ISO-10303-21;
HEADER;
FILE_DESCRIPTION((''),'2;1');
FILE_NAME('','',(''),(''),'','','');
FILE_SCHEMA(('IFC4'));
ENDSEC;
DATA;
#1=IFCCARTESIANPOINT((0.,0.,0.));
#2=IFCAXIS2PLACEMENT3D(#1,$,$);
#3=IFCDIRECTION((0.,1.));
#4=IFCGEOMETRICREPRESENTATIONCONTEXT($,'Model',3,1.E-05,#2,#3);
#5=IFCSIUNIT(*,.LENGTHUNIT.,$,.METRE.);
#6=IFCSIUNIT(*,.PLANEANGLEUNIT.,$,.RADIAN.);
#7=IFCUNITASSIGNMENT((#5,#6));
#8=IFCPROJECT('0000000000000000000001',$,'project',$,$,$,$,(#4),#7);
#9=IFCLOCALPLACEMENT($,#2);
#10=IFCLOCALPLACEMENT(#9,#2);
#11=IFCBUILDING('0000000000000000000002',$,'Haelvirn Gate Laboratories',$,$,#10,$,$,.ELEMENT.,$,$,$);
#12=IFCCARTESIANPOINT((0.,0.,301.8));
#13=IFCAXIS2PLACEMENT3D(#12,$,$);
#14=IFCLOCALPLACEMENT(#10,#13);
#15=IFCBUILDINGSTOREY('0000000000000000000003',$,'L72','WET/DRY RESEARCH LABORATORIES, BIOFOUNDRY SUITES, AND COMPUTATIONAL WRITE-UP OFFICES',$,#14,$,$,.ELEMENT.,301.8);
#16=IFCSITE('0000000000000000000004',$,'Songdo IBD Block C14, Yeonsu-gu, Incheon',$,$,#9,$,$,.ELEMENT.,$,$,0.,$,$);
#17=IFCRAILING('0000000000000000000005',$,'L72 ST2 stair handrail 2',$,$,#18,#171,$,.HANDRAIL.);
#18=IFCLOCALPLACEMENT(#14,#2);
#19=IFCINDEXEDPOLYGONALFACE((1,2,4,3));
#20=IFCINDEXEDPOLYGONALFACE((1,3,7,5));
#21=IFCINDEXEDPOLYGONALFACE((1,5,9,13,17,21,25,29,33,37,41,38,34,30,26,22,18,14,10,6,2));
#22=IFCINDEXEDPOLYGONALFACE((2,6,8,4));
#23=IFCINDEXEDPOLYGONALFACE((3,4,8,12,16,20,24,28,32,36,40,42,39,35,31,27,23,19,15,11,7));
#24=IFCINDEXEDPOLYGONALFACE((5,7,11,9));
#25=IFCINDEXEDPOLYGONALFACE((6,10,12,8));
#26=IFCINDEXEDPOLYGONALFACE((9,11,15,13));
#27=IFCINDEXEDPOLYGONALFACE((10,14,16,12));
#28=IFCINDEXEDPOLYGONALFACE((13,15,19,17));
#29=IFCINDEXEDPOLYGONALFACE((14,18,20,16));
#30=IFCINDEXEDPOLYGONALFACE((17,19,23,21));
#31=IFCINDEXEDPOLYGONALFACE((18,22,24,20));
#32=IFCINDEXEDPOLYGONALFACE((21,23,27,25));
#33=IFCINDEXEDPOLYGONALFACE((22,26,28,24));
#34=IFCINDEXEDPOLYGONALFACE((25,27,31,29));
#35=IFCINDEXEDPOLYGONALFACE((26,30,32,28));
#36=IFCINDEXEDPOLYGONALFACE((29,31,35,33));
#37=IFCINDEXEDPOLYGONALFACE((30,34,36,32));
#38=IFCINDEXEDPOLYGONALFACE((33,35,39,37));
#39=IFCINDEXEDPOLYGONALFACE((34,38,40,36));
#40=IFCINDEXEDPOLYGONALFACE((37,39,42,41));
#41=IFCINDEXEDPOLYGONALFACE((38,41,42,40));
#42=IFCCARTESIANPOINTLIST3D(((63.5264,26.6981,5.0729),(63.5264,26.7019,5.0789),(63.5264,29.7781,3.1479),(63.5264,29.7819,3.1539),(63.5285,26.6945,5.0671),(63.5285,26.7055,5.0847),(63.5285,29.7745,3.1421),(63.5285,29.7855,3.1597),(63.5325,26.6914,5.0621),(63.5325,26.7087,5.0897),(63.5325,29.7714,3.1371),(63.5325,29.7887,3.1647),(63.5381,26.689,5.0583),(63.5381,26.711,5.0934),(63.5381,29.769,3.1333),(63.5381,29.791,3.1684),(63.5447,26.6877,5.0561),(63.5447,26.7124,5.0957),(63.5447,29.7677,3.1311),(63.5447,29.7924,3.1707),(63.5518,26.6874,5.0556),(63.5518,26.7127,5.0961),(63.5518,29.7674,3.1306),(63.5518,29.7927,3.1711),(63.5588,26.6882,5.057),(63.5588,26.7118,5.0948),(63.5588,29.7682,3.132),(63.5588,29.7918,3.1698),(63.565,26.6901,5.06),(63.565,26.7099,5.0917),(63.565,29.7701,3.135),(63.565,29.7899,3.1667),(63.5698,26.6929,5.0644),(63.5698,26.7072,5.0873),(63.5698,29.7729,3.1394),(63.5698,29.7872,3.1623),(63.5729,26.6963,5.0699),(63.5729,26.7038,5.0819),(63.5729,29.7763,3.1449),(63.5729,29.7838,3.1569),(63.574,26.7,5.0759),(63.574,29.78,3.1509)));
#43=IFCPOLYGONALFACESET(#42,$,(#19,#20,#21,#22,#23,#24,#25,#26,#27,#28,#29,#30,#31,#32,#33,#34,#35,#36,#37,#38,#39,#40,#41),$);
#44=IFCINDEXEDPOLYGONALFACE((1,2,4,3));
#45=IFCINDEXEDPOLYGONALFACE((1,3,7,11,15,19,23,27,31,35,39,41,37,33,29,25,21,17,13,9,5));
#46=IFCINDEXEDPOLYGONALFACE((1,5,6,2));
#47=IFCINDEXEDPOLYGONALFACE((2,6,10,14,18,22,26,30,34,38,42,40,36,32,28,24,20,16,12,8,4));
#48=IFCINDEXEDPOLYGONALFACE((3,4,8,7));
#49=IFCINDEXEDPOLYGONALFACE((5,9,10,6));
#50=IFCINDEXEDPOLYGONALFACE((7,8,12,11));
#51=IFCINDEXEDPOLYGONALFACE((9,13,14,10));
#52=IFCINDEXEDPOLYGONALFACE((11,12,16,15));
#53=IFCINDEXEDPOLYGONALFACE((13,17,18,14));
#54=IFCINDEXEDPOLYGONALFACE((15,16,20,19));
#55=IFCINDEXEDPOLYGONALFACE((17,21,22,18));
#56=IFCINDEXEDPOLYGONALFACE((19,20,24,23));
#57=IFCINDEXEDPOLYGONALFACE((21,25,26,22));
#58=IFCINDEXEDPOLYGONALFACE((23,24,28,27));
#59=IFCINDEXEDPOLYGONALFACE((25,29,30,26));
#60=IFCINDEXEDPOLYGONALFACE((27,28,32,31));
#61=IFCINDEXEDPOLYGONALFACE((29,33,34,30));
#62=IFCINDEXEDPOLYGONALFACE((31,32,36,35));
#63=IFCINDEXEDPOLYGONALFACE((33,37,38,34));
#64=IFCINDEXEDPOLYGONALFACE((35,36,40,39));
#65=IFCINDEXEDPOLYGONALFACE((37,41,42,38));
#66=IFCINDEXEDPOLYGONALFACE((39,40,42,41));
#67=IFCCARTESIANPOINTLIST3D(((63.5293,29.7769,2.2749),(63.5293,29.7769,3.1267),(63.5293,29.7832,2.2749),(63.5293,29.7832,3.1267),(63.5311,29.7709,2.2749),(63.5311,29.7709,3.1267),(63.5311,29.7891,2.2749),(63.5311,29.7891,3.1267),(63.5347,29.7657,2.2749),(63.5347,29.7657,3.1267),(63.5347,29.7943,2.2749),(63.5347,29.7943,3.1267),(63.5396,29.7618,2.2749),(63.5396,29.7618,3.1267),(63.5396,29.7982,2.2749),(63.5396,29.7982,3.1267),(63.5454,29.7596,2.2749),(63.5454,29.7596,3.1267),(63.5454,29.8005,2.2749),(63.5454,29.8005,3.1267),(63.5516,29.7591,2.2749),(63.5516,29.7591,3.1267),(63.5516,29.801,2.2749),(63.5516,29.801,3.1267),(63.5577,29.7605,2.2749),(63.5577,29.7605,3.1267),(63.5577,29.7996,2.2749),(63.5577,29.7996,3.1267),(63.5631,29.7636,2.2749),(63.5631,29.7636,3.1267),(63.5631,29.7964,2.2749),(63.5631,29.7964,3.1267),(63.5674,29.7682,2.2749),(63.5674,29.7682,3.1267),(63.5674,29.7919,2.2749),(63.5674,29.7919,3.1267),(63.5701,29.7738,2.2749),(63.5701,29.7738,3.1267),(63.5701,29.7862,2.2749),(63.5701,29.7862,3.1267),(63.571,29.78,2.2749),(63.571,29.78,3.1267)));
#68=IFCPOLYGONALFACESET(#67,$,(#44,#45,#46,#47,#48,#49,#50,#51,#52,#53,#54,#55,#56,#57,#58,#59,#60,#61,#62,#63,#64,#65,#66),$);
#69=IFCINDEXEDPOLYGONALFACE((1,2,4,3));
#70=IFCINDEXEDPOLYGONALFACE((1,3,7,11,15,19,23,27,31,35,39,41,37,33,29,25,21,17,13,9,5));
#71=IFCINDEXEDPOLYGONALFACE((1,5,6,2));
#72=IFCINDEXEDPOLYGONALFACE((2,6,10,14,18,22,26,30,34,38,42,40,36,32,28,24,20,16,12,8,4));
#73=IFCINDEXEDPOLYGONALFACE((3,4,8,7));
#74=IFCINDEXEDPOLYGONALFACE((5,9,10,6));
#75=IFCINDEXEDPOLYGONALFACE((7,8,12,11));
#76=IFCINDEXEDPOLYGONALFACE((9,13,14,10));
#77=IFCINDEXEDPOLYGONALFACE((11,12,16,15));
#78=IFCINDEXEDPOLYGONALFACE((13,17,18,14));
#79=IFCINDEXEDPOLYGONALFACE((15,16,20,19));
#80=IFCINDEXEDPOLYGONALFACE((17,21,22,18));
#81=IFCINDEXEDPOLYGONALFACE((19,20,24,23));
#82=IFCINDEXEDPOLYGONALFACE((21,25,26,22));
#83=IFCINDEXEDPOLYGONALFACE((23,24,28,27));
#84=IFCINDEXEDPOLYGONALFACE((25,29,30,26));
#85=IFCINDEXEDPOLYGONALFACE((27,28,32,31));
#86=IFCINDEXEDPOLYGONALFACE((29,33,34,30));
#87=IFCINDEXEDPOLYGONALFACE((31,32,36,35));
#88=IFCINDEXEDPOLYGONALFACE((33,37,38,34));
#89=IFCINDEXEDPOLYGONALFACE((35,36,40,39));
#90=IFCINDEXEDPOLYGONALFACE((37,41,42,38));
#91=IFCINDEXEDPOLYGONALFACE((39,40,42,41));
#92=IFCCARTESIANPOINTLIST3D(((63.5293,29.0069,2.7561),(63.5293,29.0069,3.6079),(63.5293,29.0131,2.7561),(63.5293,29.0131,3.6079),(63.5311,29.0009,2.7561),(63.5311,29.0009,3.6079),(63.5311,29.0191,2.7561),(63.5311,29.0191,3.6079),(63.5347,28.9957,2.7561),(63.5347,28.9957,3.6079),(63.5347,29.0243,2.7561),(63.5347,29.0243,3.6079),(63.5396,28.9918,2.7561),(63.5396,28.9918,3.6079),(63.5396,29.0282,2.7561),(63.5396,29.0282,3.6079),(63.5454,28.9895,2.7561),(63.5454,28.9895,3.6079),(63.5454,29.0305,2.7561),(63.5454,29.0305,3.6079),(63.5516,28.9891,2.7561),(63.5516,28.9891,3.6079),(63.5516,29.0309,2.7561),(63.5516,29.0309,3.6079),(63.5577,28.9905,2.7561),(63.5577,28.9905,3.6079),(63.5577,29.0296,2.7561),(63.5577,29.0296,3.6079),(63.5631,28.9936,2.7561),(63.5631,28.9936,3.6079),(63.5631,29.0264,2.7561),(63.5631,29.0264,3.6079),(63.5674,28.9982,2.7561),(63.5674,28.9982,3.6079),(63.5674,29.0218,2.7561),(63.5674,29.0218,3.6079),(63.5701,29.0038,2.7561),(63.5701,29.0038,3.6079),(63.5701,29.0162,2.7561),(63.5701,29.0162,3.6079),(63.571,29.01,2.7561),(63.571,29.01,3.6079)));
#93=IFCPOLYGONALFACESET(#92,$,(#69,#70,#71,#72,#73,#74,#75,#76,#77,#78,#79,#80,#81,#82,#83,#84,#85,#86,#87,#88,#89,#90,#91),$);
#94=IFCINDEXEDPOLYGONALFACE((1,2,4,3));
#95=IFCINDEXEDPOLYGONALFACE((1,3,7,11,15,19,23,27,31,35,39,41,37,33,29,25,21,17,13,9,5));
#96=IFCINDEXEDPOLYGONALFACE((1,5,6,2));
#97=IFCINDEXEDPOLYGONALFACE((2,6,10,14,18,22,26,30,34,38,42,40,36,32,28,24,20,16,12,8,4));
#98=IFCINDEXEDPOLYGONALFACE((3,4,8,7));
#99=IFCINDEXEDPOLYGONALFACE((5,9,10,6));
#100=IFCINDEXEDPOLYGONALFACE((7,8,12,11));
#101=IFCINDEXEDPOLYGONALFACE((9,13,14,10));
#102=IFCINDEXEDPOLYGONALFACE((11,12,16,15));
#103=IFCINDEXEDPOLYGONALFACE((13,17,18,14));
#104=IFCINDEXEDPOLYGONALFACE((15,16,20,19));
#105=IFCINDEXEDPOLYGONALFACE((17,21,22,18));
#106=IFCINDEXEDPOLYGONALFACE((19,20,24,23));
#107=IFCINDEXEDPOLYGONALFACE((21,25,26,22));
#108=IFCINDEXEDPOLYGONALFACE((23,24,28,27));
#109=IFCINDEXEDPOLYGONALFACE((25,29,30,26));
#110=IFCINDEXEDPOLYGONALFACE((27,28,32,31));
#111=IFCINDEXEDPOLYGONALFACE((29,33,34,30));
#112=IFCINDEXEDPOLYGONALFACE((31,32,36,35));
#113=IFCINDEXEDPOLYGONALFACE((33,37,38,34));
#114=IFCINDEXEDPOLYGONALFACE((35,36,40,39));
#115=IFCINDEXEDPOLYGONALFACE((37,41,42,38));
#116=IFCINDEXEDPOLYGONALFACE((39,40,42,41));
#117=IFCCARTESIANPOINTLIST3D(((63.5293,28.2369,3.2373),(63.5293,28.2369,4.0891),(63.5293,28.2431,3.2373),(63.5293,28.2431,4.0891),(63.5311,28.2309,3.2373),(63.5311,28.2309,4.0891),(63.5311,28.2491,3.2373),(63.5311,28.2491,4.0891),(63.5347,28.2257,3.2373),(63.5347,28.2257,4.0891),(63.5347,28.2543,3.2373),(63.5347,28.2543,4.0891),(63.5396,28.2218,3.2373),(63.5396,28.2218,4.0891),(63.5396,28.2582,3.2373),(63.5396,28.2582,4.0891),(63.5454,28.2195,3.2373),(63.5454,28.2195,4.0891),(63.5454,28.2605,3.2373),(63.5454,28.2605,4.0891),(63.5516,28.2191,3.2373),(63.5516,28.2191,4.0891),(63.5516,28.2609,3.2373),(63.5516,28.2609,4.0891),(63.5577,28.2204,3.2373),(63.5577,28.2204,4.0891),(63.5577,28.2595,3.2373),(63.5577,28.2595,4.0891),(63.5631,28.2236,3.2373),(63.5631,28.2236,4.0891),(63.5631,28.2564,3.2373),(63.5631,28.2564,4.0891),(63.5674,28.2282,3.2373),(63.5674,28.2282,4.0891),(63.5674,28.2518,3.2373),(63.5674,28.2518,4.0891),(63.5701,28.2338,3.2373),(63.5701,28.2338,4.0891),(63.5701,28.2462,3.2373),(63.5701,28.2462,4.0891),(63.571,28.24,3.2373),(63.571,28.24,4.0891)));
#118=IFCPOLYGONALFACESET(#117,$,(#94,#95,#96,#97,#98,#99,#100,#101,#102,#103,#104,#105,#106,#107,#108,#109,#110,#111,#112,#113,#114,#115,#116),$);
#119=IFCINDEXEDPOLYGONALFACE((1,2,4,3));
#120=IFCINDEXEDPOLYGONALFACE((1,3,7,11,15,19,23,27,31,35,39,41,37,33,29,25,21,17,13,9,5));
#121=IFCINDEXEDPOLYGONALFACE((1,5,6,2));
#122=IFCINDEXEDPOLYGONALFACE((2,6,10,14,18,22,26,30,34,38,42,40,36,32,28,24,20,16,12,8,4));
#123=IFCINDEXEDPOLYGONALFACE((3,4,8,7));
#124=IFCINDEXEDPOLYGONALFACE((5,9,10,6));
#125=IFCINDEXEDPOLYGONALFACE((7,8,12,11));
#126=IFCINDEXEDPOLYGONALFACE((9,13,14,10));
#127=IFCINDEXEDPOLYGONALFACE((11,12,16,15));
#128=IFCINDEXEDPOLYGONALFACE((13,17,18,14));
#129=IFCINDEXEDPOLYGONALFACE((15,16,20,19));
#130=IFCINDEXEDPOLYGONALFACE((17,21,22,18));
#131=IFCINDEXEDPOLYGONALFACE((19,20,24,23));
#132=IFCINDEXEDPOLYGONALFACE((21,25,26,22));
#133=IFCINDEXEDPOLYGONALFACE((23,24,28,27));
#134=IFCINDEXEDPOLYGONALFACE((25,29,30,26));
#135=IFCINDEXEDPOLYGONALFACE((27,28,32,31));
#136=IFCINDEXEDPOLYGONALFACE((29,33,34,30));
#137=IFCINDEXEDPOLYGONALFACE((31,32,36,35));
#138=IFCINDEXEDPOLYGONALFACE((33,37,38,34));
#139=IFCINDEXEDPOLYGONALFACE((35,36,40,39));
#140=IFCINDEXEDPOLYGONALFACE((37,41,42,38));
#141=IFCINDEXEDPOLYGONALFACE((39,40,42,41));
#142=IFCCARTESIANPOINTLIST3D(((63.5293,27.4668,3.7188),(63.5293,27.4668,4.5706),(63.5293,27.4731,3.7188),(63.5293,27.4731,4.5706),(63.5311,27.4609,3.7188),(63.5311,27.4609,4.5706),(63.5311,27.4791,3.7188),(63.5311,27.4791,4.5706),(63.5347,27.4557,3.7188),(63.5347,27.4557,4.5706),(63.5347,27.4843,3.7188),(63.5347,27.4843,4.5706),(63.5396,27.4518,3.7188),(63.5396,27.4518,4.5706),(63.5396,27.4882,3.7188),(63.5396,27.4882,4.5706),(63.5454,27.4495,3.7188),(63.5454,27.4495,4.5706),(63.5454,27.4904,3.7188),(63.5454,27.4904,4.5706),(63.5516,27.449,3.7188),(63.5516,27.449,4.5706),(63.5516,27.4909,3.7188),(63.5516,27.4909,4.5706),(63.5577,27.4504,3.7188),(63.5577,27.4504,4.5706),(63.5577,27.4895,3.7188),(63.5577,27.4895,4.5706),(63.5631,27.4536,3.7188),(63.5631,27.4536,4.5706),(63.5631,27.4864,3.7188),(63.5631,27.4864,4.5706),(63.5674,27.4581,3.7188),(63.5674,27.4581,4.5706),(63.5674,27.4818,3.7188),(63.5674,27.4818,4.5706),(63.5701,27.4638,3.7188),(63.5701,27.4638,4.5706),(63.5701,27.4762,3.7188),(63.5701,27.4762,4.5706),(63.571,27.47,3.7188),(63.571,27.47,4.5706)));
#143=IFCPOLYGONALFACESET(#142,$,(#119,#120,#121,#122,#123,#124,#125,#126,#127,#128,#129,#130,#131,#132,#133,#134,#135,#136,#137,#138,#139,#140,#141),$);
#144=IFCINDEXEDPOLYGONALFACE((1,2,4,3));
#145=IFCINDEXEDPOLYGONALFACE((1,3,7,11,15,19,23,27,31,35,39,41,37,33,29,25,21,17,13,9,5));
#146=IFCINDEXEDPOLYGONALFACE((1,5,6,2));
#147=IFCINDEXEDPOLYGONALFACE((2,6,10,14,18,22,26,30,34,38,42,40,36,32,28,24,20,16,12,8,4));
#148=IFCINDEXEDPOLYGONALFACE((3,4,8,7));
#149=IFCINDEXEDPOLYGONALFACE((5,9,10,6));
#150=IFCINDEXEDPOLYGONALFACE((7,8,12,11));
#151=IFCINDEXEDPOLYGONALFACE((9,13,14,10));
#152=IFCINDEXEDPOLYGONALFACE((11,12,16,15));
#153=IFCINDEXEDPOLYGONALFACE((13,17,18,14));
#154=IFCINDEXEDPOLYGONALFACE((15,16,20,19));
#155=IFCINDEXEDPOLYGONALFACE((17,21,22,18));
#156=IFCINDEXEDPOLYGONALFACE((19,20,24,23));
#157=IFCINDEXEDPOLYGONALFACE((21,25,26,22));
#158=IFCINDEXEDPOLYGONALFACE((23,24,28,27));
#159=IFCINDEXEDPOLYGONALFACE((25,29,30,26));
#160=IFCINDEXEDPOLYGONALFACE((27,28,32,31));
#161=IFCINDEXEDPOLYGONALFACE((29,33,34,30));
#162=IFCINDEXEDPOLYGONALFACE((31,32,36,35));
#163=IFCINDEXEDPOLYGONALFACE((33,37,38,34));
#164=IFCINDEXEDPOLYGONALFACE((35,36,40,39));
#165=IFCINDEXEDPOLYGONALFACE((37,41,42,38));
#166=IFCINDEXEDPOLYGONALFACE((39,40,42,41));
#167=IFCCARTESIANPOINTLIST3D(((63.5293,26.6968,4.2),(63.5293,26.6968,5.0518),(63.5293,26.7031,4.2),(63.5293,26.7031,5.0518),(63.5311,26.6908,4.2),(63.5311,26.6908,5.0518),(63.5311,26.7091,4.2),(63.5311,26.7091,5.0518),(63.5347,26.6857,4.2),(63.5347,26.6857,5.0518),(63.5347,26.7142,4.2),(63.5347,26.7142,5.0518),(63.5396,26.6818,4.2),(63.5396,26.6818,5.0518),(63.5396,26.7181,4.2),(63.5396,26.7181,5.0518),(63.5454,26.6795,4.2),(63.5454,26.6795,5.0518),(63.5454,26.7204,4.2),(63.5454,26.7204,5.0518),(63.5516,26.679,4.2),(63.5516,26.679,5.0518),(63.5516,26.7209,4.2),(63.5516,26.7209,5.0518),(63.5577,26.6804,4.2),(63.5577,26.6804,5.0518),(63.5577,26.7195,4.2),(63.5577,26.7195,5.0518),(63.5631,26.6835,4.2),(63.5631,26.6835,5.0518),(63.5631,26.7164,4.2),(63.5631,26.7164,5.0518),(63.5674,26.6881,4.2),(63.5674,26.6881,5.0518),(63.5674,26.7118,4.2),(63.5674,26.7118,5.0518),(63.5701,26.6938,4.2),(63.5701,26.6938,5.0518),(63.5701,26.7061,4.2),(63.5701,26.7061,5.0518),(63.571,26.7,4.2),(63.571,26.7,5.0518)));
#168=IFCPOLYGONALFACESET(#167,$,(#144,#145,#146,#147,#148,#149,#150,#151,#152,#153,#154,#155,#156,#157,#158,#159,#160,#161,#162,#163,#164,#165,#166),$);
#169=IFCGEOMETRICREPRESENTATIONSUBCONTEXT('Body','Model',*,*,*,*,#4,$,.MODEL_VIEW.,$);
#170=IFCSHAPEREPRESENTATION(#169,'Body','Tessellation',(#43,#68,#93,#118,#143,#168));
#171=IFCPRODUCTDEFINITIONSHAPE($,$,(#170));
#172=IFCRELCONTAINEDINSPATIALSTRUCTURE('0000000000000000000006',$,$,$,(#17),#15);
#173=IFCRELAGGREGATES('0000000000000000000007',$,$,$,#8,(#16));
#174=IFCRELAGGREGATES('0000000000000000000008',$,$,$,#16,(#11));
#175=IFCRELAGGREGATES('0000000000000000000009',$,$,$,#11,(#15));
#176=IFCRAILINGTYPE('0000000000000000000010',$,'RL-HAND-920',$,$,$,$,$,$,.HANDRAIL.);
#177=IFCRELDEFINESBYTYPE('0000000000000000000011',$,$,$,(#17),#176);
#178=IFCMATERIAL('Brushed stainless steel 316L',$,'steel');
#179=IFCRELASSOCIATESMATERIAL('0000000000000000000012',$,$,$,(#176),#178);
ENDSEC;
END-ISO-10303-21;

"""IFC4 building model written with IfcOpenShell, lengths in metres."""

from ifc_helpers import new_model, si_unit, direction, frame, origin, origin_2d, place, context, subcontext, project, spatial, circle, extrude, source, transform, mapped, material, type_object, element, save


model = new_model("IFC4")

# Units and contexts
model_context = context("Model", 3, precision=1e-05, world=origin(), true_north=direction((0.0, 1.0)))
body_context = subcontext(model_context, "Body", "Model", "MODEL_VIEW")
ifc_project = project(units=[si_unit("LENGTHUNIT", "METRE"), si_unit("PLANEANGLEUNIT", "RADIAN")], contexts=[model_context])

# Site, building, storey
site_placement = place(None, origin())
site = spatial("IfcSite", under=ifc_project, at=site_placement, Name="Songdo IBD Block C14, Yeonsu-gu, Incheon", CompositionType="ELEMENT", RefElevation=0.0)
building_placement = place(site_placement, origin())
building = spatial("IfcBuilding", under=site, at=building_placement, Name="Haelvirn Gate Laboratories", CompositionType="ELEMENT")
storey_placement = place(building_placement, frame((0.0, 0.0, 301.8)))
storey = spatial("IfcBuildingStorey", under=building, at=storey_placement, Name="L72", Description="WET/DRY RESEARCH LABORATORIES, BIOFOUNDRY SUITES, AND COMPUTATIONAL WRITE-UP OFFICES", CompositionType="ELEMENT", Elevation=301.8)

# Railing
ifc_material_1 = material(Name="Brushed stainless steel 316L", Category="steel")
railing_type_1 = type_object("IfcRailingType", Name="RL-HAND-920", PredefinedType="HANDRAIL", material=ifc_material_1)
shared_shape_1 = source(origin(), body_context, "Body", "SweptSolid", [
    extrude(circle(Radius=0.0239, at=origin_2d()), frame((0.0, 0.0, 0.876), z_axis=(0.0, -0.847998, 0.529999), x_axis=(1.0, 0.0, 0.0)), (0.0, 0.0, 1.0), 3.6321),
    extrude(circle(Radius=0.021, at=origin_2d()), origin(), (0.0, 0.0, 1.0), 0.8518),
    extrude(circle(Radius=0.021, at=origin_2d()), frame((0.0, -0.77, 0.4812)), (0.0, 0.0, 1.0), 0.8518),
    extrude(circle(Radius=0.021, at=origin_2d()), frame((0.0, -1.54, 0.9624)), (0.0, 0.0, 1.0), 0.8518),
    extrude(circle(Radius=0.021, at=origin_2d()), frame((0.0, -2.3101, 1.4438)), (0.0, 0.0, 1.0), 0.8518),
    extrude(circle(Radius=0.021, at=origin_2d()), frame((0.0, -3.0801, 1.925)), (0.0, 0.0, 1.0), 0.8518),
])
railing_1_placement = place(storey_placement, frame((63.55, 29.78, 2.2749)))
element("IfcRailing", 1, at=railing_1_placement, inside=storey, type_object=railing_type_1, Name="L72 ST2 stair handrail 2", PredefinedType="HANDRAIL", context=body_context, shape_type="MappedRepresentation", body=[
    mapped(shared_shape_1, transform((0.0, 0.0, 0.0), scale=1.0)),
])

save(model, "model.ifc")
